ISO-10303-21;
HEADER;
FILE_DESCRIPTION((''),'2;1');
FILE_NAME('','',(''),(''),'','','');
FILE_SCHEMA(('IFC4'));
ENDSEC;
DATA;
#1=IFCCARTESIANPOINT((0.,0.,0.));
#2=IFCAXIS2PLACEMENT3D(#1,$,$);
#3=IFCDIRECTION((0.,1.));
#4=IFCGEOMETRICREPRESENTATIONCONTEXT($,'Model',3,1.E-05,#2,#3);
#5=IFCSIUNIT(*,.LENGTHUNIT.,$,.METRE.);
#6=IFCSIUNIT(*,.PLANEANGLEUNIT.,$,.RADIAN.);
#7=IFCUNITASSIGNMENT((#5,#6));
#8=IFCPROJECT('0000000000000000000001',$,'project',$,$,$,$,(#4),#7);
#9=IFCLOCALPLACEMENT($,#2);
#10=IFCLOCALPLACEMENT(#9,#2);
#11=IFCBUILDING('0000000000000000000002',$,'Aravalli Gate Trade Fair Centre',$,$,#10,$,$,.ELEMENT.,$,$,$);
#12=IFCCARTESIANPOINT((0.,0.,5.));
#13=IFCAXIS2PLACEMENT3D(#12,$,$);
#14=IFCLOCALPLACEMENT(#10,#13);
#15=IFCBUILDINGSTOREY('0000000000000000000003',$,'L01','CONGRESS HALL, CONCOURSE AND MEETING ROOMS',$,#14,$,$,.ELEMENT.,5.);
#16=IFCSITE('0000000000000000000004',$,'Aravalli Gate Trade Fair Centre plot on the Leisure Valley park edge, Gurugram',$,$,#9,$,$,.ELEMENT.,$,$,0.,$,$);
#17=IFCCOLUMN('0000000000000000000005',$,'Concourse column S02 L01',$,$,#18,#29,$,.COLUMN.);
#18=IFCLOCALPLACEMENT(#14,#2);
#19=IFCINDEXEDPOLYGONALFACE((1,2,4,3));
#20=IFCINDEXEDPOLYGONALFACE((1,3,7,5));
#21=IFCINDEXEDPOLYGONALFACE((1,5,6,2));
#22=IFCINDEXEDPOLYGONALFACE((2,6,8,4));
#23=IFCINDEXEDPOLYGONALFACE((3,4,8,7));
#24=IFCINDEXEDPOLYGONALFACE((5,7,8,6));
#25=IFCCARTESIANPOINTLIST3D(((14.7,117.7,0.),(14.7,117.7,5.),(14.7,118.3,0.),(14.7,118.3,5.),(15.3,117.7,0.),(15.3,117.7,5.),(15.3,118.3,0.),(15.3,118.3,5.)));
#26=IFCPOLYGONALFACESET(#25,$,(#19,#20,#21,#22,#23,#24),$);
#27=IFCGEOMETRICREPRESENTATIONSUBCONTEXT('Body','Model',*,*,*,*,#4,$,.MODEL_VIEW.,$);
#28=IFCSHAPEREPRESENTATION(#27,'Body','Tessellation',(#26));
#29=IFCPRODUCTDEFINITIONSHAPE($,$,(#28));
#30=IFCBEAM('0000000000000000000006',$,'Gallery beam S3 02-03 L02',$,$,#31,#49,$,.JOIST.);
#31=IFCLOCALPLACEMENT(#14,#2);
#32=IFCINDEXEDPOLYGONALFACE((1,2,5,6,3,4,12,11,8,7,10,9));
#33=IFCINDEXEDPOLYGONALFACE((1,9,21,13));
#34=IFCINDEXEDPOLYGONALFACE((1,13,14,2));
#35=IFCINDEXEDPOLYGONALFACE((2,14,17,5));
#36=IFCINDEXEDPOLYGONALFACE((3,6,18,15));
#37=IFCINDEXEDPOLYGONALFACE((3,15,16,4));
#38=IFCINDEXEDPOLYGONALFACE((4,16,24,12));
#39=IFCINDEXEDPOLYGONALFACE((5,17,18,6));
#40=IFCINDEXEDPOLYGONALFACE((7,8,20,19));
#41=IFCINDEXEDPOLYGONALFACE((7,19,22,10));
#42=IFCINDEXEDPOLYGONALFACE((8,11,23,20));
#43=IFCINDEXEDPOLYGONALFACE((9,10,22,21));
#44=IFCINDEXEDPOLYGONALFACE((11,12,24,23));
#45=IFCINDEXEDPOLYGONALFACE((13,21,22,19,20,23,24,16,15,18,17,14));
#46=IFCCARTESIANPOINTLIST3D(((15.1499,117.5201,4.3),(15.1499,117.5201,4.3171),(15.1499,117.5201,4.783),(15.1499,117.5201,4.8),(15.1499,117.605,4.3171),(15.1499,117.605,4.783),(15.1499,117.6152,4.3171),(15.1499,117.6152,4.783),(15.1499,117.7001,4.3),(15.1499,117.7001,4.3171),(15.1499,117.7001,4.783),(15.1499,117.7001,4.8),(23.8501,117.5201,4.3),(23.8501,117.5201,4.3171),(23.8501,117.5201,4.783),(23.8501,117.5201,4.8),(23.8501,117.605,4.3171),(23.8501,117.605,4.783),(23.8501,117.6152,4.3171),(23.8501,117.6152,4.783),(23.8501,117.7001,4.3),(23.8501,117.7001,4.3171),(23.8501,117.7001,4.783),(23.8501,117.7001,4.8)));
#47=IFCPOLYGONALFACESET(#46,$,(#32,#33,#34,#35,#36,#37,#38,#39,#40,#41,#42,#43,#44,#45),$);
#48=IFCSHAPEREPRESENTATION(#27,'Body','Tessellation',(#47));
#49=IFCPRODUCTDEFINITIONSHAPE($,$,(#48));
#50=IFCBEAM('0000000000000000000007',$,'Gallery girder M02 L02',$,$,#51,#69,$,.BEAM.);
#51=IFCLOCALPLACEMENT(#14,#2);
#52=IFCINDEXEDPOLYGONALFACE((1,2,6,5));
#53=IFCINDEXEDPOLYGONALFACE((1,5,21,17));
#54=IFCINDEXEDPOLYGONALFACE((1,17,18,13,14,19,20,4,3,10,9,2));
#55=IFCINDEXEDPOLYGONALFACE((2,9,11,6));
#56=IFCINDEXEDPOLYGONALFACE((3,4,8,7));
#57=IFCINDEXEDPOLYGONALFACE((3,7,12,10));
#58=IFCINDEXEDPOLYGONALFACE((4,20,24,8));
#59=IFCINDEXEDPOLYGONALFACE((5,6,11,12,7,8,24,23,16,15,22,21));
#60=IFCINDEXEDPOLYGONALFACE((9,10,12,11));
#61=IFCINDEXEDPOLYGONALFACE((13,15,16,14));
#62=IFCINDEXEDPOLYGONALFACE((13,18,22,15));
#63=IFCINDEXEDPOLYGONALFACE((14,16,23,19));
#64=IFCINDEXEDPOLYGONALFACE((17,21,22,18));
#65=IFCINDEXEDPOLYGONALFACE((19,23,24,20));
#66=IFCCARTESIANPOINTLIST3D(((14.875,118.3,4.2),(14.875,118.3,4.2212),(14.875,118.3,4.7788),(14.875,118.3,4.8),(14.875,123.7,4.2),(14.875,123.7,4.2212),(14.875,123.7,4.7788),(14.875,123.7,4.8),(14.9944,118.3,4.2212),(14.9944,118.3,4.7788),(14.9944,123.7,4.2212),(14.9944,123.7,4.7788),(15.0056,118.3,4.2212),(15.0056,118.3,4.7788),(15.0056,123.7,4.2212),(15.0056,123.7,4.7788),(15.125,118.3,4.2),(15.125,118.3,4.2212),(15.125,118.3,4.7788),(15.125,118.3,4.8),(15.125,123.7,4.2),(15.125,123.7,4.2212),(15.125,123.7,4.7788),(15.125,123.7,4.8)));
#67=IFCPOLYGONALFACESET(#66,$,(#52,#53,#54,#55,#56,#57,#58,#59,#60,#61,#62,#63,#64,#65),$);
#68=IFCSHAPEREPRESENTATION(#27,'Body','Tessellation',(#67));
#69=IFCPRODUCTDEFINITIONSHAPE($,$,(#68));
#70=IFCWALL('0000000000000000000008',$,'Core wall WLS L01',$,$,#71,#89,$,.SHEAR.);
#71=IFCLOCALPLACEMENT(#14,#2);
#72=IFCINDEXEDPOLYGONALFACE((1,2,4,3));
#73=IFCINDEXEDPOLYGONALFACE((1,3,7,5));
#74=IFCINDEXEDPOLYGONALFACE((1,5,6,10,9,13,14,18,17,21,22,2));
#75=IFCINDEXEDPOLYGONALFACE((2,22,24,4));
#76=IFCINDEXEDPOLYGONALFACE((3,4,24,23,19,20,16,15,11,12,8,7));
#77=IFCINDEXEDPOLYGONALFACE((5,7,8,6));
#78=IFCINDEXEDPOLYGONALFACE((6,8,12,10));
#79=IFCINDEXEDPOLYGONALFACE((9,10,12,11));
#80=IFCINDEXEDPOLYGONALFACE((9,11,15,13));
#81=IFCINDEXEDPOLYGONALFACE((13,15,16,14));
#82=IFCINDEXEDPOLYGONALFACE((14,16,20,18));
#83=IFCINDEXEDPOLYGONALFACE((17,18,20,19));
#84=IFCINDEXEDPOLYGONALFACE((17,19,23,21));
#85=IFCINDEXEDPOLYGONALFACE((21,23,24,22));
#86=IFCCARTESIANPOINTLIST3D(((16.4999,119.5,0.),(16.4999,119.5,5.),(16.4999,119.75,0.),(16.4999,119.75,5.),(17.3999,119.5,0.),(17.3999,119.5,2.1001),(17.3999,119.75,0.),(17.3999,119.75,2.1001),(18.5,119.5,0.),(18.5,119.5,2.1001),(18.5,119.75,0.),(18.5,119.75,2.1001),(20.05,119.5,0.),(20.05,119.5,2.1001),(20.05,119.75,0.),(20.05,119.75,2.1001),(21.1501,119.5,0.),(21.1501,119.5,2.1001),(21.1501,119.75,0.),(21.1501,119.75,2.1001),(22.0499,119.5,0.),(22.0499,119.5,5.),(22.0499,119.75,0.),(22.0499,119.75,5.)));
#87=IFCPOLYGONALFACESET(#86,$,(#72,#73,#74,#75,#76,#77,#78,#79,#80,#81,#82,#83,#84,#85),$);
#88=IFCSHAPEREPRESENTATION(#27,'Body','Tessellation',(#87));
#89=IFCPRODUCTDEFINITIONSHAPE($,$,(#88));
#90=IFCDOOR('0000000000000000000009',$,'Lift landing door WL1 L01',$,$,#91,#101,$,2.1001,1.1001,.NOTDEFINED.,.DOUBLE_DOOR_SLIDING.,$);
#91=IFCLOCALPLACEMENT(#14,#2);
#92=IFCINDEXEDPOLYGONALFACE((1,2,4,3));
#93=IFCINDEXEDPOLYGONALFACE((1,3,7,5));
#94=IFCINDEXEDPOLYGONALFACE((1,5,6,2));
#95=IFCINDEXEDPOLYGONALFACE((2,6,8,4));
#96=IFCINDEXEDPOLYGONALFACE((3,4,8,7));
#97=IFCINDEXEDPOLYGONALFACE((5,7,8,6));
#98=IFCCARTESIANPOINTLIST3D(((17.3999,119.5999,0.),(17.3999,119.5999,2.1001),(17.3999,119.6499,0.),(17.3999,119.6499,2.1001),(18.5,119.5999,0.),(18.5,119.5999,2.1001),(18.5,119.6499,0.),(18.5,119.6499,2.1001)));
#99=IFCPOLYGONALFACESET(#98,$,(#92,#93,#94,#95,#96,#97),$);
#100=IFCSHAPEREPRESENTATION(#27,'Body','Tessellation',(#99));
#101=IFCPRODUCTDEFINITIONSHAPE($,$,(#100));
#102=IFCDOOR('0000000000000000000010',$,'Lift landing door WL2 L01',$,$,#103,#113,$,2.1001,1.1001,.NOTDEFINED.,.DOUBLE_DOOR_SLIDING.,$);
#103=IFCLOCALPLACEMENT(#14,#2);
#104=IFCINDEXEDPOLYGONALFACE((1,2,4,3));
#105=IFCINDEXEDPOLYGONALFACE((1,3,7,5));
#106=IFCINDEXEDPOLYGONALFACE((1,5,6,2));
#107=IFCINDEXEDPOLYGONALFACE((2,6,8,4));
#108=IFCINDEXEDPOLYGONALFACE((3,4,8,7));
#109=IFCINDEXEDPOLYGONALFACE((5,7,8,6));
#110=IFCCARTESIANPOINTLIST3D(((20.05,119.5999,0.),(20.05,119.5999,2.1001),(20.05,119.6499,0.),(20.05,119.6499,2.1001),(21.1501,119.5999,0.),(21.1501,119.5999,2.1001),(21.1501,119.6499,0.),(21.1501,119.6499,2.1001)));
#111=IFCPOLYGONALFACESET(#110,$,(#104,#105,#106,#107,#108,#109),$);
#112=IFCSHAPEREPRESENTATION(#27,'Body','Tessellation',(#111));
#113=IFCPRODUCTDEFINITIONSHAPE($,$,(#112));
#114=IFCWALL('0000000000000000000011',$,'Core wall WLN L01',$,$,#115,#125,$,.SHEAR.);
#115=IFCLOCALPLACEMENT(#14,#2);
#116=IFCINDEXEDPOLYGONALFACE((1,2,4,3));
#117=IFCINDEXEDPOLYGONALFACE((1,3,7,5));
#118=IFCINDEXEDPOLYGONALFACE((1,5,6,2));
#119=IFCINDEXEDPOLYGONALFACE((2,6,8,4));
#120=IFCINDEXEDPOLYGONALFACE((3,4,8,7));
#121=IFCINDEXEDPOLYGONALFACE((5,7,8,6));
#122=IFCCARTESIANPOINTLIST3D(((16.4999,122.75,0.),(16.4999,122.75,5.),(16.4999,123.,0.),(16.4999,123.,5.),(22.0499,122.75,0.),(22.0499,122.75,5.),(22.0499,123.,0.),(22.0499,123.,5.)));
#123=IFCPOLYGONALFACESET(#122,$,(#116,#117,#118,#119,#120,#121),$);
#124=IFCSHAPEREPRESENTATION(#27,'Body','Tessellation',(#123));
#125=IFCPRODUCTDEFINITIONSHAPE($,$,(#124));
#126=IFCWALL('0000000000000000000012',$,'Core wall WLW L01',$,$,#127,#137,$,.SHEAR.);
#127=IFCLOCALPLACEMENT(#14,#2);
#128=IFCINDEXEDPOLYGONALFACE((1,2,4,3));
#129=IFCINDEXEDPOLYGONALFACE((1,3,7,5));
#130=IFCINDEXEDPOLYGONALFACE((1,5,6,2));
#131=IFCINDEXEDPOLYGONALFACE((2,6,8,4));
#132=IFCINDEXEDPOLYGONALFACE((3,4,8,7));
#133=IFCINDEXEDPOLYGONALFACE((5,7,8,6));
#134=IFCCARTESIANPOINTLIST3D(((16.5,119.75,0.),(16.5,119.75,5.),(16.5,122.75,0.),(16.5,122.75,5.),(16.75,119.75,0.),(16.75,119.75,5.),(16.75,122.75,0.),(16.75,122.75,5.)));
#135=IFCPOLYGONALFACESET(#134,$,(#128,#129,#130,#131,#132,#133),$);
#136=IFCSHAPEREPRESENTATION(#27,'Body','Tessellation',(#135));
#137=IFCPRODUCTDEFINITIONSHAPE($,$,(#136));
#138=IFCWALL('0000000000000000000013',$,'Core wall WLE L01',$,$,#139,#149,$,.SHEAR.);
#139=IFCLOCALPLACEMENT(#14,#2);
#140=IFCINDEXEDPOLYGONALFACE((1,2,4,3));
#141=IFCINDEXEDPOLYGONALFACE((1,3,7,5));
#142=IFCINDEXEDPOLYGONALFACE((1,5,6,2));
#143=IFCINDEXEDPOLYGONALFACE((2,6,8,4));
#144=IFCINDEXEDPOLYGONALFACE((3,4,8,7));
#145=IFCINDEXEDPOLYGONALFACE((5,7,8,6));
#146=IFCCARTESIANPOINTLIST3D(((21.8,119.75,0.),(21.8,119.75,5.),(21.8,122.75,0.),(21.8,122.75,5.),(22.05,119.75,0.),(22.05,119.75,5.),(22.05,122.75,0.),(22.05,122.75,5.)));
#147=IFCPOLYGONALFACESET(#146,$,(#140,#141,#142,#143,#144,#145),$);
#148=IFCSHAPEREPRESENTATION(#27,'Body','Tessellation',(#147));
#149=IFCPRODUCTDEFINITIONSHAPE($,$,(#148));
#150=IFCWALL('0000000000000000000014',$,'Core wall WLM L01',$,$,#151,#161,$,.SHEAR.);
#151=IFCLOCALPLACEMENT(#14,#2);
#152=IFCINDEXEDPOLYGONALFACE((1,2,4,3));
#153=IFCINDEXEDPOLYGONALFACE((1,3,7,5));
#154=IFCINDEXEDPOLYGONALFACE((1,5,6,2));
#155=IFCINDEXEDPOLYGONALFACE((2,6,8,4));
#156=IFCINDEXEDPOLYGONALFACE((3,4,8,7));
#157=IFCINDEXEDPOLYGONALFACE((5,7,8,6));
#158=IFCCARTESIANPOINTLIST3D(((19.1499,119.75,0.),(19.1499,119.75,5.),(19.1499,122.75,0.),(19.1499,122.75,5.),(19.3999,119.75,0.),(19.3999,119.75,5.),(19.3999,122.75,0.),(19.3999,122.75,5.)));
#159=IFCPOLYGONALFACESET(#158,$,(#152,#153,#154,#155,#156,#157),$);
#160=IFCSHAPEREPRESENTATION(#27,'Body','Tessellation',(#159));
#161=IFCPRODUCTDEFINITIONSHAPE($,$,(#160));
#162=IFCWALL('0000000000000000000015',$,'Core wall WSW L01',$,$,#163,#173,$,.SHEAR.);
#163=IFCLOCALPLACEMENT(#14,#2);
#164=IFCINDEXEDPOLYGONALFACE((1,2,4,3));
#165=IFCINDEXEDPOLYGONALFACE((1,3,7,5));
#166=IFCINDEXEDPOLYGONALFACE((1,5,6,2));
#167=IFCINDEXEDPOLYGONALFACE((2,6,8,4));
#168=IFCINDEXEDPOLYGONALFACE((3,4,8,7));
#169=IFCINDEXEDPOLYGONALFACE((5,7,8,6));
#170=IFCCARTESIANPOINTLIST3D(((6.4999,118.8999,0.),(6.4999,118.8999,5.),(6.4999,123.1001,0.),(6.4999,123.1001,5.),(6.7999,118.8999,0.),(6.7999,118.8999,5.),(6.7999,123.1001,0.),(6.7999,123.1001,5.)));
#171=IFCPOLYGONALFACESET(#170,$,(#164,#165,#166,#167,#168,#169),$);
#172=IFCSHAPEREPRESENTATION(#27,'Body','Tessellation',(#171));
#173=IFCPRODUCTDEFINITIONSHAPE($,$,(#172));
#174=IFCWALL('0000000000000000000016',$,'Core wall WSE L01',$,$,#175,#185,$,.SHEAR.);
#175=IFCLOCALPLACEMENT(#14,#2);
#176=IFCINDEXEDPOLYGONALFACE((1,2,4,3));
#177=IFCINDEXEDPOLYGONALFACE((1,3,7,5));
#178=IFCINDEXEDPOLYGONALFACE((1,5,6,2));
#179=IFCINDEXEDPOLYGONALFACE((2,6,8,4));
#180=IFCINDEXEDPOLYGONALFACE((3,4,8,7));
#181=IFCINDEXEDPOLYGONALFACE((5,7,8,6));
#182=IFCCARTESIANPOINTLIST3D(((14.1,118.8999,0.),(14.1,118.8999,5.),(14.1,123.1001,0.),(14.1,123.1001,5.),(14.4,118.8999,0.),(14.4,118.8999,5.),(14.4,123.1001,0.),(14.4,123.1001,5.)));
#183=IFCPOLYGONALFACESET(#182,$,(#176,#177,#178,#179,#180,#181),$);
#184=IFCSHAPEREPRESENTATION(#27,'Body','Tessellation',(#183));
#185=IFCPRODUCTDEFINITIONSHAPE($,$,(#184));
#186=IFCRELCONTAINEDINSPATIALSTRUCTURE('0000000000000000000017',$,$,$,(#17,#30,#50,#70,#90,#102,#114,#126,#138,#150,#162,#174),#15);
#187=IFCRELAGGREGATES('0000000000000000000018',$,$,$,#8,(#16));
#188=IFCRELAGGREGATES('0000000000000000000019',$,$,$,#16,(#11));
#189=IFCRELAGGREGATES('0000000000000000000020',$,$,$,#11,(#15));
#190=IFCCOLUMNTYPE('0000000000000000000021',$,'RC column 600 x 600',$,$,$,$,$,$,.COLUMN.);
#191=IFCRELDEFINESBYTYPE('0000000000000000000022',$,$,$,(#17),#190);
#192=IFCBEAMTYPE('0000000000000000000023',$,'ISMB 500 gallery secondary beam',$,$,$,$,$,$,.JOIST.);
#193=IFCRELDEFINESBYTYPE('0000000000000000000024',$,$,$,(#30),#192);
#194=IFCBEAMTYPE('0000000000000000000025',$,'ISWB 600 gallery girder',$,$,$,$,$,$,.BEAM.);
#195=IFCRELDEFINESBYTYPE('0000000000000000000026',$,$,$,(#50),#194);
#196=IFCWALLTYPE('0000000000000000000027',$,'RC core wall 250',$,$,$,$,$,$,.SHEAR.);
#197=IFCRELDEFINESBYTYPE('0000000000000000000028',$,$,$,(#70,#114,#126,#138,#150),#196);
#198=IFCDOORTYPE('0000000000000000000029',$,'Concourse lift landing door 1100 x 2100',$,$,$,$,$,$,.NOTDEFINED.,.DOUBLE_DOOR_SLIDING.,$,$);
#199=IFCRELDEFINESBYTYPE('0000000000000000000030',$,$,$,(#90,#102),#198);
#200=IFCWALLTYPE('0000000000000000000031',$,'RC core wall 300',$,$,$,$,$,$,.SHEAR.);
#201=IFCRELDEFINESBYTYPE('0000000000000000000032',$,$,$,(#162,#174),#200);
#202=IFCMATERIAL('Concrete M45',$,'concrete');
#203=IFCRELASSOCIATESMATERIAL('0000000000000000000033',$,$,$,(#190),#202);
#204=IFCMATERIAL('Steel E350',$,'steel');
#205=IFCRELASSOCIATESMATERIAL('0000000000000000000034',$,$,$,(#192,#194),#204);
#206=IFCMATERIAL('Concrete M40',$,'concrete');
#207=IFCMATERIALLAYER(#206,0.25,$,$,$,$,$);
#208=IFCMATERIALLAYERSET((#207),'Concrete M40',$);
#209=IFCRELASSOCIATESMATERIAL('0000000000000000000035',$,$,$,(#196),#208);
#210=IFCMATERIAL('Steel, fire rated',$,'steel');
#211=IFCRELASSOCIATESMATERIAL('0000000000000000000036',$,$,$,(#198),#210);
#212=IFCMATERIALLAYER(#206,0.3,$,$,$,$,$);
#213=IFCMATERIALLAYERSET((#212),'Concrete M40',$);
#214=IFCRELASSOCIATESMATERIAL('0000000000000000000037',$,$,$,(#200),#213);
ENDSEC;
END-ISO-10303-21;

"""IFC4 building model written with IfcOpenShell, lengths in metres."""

from ifc_helpers import new_model, si_unit, direction, frame, frame_2d, origin, origin_2d, place, context, subcontext, project, spatial, rectangle, i_section, extrude, material, layer, layer_set, material_profile, profile_set, type_object, element, fill, save


model = new_model("IFC4")

# Units and contexts
model_context = context("Model", 3, precision=1e-05, world=origin(), true_north=direction((0.0, 1.0)))
body_context = subcontext(model_context, "Body", "Model", "MODEL_VIEW")
ifc_project = project(units=[si_unit("LENGTHUNIT", "METRE"), si_unit("PLANEANGLEUNIT", "RADIAN")], contexts=[model_context])

# Site, building, storey
site_placement = place(None, origin())
site = spatial("IfcSite", under=ifc_project, at=site_placement, Name="Aravalli Gate Trade Fair Centre plot on the Leisure Valley park edge, Gurugram", CompositionType="ELEMENT", RefElevation=0.0)
building_placement = place(site_placement, origin())
building = spatial("IfcBuilding", under=site, at=building_placement, Name="Aravalli Gate Trade Fair Centre", CompositionType="ELEMENT")
storey_placement = place(building_placement, frame((0.0, 0.0, 5.0)))
storey = spatial("IfcBuildingStorey", under=building, at=storey_placement, Name="L01", Description="CONGRESS HALL, CONCOURSE AND MEETING ROOMS", CompositionType="ELEMENT", Elevation=5.0)

# Column
ifc_material_1 = material(Name="Concrete M45", Category="concrete")
ifc_material_profile_1 = material_profile(ifc_material_1, rectangle(XDim=0.6001, YDim=0.6001, at=origin_2d()), Name="RC column 600 x 600")
ifc_profile_set_1 = profile_set([ifc_material_profile_1], Name="Concrete M45")
column_type = type_object("IfcColumnType", Name="RC column 600 x 600", PredefinedType="COLUMN", material=ifc_profile_set_1)
column_placement = place(storey_placement, frame((15.0, 118.0, 0.0), z_axis=(0.0, 0.0, 1.0), x_axis=(1.0, 0.0, 0.0)))
element("IfcColumn", 1, at=column_placement, inside=storey, type_object=column_type, Name="Concourse column S02 L01", PredefinedType="COLUMN", context=body_context, shape_type="SweptSolid", body=[
    extrude(rectangle(XDim=0.6001, YDim=0.6001, at=origin_2d()), origin(), (0.0, 0.0, 1.0), 5.0),
])

# Beams
ifc_material_2 = material(Name="Steel E350", Category="steel")
ifc_material_profile_2 = material_profile(ifc_material_2, i_section(OverallWidth=0.1799, OverallDepth=0.5, WebThickness=0.0103, FlangeThickness=0.0171, at=origin_2d()), Name="ISMB 500")
ifc_profile_set_2 = profile_set([ifc_material_profile_2], Name="Steel E350")
beam_type_1 = type_object("IfcBeamType", Name="ISMB 500 gallery secondary beam", PredefinedType="JOIST", material=ifc_profile_set_2)
beam_1_placement = place(storey_placement, frame((15.1499, 117.6101, 4.55), z_axis=(1.0, 0.0, 0.0), x_axis=(0.0, 1.0, 0.0)))
element("IfcBeam", 2, at=beam_1_placement, inside=storey, type_object=beam_type_1, Name="Gallery beam S3 02-03 L02", PredefinedType="JOIST", context=body_context, shape_type="SweptSolid", body=[
    extrude(i_section(OverallWidth=0.1799, OverallDepth=0.5, WebThickness=0.0103, FlangeThickness=0.0171, at=origin_2d()), origin(), (0.0, 0.0, 1.0), 8.7002),
])
ifc_material_profile_3 = material_profile(ifc_material_2, i_section(OverallWidth=0.25, OverallDepth=0.6001, WebThickness=0.0112, FlangeThickness=0.0212, at=origin_2d()), Name="ISWB 600")
ifc_profile_set_3 = profile_set([ifc_material_profile_3], Name="Steel E350")
beam_type_2 = type_object("IfcBeamType", Name="ISWB 600 gallery girder", PredefinedType="BEAM", material=ifc_profile_set_3)
beam_2_placement = place(storey_placement, frame((15.0, 118.3, 4.5), z_axis=(0.0, 1.0, 0.0), x_axis=(-1.0, 0.0, 0.0)))
element("IfcBeam", 3, at=beam_2_placement, inside=storey, type_object=beam_type_2, Name="Gallery girder M02 L02", PredefinedType="BEAM", context=body_context, shape_type="SweptSolid", body=[
    extrude(i_section(OverallWidth=0.25, OverallDepth=0.6001, WebThickness=0.0112, FlangeThickness=0.0212, at=origin_2d()), origin(), (0.0, 0.0, 1.0), 5.3999),
])

# Wall, openings, doors
ifc_material_3 = material(Name="Concrete M40", Category="concrete")
ifc_layer_1 = layer(ifc_material_3, 0.25)
ifc_layer_set_1 = layer_set([ifc_layer_1], Name="Concrete M40")
wall_type_1 = type_object("IfcWallType", Name="RC core wall 250", PredefinedType="SHEAR", material=ifc_layer_set_1)
wall_1_placement = place(storey_placement, frame((16.5, 119.625, 0.0), z_axis=(0.0, 0.0, 1.0), x_axis=(1.0, 0.0, 0.0)))
wall_1 = element("IfcWall", 4, at=wall_1_placement, inside=storey, type_object=wall_type_1, Name="Core wall WLS L01", PredefinedType="SHEAR", context=body_context, shape_type="SweptSolid", body=[
    extrude(rectangle(XDim=5.55, YDim=0.25, at=frame_2d((2.7749, 0.0))), origin(), (0.0, 0.0, 1.0), 5.0),
])
opening_1_placement = place(wall_1_placement, frame((0.8999, 0.0, 0.0)))
opening_1 = element("IfcOpeningElement", 5, at=opening_1_placement, cuts=wall_1, PredefinedType="OPENING", context=body_context, shape_type="SweptSolid", body=[
    extrude(rectangle(XDim=1.1001, YDim=2.1001, at=frame_2d((0.55, 1.05))), frame((0.0, 0.135, 0.0), z_axis=(0.0, -1.0, 0.0), x_axis=(1.0, 0.0, 0.0)), (0.0, 0.0, 1.0), 0.27),
])
opening_2_placement = place(wall_1_placement, frame((3.55, 0.0, 0.0)))
opening_2 = element("IfcOpeningElement", 6, at=opening_2_placement, cuts=wall_1, PredefinedType="OPENING", context=body_context, shape_type="SweptSolid", body=[
    extrude(rectangle(XDim=1.1001, YDim=2.1001, at=frame_2d((0.55, 1.05))), frame((0.0, 0.135, 0.0), z_axis=(0.0, -1.0, 0.0), x_axis=(1.0, 0.0, 0.0)), (0.0, 0.0, 1.0), 0.27),
])
ifc_material_4 = material(Name="Steel, fire rated", Category="steel")
door_type = type_object("IfcDoorType", Name="Concourse lift landing door 1100 x 2100", OperationType="DOUBLE_DOOR_SLIDING", PredefinedType="NOTDEFINED", material=ifc_material_4)
door_1_placement = place(opening_1_placement, origin())
door_1 = element("IfcDoor", 7, at=door_1_placement, inside=storey, type_object=door_type, Name="Lift landing door WL1 L01", OperationType="DOUBLE_DOOR_SLIDING", OverallHeight=2.1001, OverallWidth=1.1001, PredefinedType="NOTDEFINED", context=body_context, shape_type="SweptSolid", body=[
    extrude(rectangle(XDim=1.1001, YDim=2.1001, at=frame_2d((0.55, 1.05))), frame((0.0, 0.0249, 0.0), z_axis=(0.0, -1.0, 0.0), x_axis=(1.0, 0.0, 0.0)), (0.0, 0.0, 1.0), 0.05),
])
fill(opening_1, door_1)
door_2_placement = place(opening_2_placement, origin())
door_2 = element("IfcDoor", 8, at=door_2_placement, inside=storey, type_object=door_type, Name="Lift landing door WL2 L01", OperationType="DOUBLE_DOOR_SLIDING", OverallHeight=2.1001, OverallWidth=1.1001, PredefinedType="NOTDEFINED", context=body_context, shape_type="SweptSolid", body=[
    extrude(rectangle(XDim=1.1001, YDim=2.1001, at=frame_2d((0.55, 1.05))), frame((0.0, 0.0249, 0.0), z_axis=(0.0, -1.0, 0.0), x_axis=(1.0, 0.0, 0.0)), (0.0, 0.0, 1.0), 0.05),
])
fill(opening_2, door_2)

# Walls
wall_2_placement = place(storey_placement, frame((16.5, 122.875, 0.0), z_axis=(0.0, 0.0, 1.0), x_axis=(1.0, 0.0, 0.0)))
element("IfcWall", 9, at=wall_2_placement, inside=storey, type_object=wall_type_1, Name="Core wall WLN L01", PredefinedType="SHEAR", context=body_context, shape_type="SweptSolid", body=[
    extrude(rectangle(XDim=5.55, YDim=0.25, at=frame_2d((2.7749, 0.0))), origin(), (0.0, 0.0, 1.0), 5.0),
])
for number, where, z_axis, x_axis, name in (
    (10, (16.625, 119.75, 0.0), (0.0, 0.0, 1.0), (0.0, 1.0, 0.0), "Core wall WLW L01"),
    (11, (21.925, 119.75, 0.0), (0.0, 0.0, 1.0), (0.0, 1.0, 0.0), "Core wall WLE L01"),
    (12, (19.2749, 119.75, 0.0), (0.0, 0.0, 1.0), (0.0, 1.0, 0.0), "Core wall WLM L01"),
):
    element("IfcWall", number, at=place(storey_placement, frame(where, z_axis=z_axis, x_axis=x_axis)), inside=storey, type_object=wall_type_1, Name=name, PredefinedType="SHEAR", context=body_context, shape_type="SweptSolid", body=[
        extrude(rectangle(XDim=3.0, YDim=0.25, at=frame_2d((1.5, 0.0))), origin(), (0.0, 0.0, 1.0), 5.0),
    ])
ifc_layer_2 = layer(ifc_material_3, 0.3)
ifc_layer_set_2 = layer_set([ifc_layer_2], Name="Concrete M40")
wall_type_2 = type_object("IfcWallType", Name="RC core wall 300", PredefinedType="SHEAR", material=ifc_layer_set_2)
for number, where, z_axis, x_axis, name in (
    (13, (6.6499, 118.8999, 0.0), (0.0, 0.0, 1.0), (0.0, 1.0, 0.0), "Core wall WSW L01"),
    (14, (14.25, 118.8999, 0.0), (0.0, 0.0, 1.0), (0.0, 1.0, 0.0), "Core wall WSE L01"),
):
    element("IfcWall", number, at=place(storey_placement, frame(where, z_axis=z_axis, x_axis=x_axis)), inside=storey, type_object=wall_type_2, Name=name, PredefinedType="SHEAR", context=body_context, shape_type="SweptSolid", body=[
        extrude(rectangle(XDim=4.2002, YDim=0.3, at=frame_2d((2.1001, 0.0))), origin(), (0.0, 0.0, 1.0), 5.0),
    ])

save(model, "model.ifc")
